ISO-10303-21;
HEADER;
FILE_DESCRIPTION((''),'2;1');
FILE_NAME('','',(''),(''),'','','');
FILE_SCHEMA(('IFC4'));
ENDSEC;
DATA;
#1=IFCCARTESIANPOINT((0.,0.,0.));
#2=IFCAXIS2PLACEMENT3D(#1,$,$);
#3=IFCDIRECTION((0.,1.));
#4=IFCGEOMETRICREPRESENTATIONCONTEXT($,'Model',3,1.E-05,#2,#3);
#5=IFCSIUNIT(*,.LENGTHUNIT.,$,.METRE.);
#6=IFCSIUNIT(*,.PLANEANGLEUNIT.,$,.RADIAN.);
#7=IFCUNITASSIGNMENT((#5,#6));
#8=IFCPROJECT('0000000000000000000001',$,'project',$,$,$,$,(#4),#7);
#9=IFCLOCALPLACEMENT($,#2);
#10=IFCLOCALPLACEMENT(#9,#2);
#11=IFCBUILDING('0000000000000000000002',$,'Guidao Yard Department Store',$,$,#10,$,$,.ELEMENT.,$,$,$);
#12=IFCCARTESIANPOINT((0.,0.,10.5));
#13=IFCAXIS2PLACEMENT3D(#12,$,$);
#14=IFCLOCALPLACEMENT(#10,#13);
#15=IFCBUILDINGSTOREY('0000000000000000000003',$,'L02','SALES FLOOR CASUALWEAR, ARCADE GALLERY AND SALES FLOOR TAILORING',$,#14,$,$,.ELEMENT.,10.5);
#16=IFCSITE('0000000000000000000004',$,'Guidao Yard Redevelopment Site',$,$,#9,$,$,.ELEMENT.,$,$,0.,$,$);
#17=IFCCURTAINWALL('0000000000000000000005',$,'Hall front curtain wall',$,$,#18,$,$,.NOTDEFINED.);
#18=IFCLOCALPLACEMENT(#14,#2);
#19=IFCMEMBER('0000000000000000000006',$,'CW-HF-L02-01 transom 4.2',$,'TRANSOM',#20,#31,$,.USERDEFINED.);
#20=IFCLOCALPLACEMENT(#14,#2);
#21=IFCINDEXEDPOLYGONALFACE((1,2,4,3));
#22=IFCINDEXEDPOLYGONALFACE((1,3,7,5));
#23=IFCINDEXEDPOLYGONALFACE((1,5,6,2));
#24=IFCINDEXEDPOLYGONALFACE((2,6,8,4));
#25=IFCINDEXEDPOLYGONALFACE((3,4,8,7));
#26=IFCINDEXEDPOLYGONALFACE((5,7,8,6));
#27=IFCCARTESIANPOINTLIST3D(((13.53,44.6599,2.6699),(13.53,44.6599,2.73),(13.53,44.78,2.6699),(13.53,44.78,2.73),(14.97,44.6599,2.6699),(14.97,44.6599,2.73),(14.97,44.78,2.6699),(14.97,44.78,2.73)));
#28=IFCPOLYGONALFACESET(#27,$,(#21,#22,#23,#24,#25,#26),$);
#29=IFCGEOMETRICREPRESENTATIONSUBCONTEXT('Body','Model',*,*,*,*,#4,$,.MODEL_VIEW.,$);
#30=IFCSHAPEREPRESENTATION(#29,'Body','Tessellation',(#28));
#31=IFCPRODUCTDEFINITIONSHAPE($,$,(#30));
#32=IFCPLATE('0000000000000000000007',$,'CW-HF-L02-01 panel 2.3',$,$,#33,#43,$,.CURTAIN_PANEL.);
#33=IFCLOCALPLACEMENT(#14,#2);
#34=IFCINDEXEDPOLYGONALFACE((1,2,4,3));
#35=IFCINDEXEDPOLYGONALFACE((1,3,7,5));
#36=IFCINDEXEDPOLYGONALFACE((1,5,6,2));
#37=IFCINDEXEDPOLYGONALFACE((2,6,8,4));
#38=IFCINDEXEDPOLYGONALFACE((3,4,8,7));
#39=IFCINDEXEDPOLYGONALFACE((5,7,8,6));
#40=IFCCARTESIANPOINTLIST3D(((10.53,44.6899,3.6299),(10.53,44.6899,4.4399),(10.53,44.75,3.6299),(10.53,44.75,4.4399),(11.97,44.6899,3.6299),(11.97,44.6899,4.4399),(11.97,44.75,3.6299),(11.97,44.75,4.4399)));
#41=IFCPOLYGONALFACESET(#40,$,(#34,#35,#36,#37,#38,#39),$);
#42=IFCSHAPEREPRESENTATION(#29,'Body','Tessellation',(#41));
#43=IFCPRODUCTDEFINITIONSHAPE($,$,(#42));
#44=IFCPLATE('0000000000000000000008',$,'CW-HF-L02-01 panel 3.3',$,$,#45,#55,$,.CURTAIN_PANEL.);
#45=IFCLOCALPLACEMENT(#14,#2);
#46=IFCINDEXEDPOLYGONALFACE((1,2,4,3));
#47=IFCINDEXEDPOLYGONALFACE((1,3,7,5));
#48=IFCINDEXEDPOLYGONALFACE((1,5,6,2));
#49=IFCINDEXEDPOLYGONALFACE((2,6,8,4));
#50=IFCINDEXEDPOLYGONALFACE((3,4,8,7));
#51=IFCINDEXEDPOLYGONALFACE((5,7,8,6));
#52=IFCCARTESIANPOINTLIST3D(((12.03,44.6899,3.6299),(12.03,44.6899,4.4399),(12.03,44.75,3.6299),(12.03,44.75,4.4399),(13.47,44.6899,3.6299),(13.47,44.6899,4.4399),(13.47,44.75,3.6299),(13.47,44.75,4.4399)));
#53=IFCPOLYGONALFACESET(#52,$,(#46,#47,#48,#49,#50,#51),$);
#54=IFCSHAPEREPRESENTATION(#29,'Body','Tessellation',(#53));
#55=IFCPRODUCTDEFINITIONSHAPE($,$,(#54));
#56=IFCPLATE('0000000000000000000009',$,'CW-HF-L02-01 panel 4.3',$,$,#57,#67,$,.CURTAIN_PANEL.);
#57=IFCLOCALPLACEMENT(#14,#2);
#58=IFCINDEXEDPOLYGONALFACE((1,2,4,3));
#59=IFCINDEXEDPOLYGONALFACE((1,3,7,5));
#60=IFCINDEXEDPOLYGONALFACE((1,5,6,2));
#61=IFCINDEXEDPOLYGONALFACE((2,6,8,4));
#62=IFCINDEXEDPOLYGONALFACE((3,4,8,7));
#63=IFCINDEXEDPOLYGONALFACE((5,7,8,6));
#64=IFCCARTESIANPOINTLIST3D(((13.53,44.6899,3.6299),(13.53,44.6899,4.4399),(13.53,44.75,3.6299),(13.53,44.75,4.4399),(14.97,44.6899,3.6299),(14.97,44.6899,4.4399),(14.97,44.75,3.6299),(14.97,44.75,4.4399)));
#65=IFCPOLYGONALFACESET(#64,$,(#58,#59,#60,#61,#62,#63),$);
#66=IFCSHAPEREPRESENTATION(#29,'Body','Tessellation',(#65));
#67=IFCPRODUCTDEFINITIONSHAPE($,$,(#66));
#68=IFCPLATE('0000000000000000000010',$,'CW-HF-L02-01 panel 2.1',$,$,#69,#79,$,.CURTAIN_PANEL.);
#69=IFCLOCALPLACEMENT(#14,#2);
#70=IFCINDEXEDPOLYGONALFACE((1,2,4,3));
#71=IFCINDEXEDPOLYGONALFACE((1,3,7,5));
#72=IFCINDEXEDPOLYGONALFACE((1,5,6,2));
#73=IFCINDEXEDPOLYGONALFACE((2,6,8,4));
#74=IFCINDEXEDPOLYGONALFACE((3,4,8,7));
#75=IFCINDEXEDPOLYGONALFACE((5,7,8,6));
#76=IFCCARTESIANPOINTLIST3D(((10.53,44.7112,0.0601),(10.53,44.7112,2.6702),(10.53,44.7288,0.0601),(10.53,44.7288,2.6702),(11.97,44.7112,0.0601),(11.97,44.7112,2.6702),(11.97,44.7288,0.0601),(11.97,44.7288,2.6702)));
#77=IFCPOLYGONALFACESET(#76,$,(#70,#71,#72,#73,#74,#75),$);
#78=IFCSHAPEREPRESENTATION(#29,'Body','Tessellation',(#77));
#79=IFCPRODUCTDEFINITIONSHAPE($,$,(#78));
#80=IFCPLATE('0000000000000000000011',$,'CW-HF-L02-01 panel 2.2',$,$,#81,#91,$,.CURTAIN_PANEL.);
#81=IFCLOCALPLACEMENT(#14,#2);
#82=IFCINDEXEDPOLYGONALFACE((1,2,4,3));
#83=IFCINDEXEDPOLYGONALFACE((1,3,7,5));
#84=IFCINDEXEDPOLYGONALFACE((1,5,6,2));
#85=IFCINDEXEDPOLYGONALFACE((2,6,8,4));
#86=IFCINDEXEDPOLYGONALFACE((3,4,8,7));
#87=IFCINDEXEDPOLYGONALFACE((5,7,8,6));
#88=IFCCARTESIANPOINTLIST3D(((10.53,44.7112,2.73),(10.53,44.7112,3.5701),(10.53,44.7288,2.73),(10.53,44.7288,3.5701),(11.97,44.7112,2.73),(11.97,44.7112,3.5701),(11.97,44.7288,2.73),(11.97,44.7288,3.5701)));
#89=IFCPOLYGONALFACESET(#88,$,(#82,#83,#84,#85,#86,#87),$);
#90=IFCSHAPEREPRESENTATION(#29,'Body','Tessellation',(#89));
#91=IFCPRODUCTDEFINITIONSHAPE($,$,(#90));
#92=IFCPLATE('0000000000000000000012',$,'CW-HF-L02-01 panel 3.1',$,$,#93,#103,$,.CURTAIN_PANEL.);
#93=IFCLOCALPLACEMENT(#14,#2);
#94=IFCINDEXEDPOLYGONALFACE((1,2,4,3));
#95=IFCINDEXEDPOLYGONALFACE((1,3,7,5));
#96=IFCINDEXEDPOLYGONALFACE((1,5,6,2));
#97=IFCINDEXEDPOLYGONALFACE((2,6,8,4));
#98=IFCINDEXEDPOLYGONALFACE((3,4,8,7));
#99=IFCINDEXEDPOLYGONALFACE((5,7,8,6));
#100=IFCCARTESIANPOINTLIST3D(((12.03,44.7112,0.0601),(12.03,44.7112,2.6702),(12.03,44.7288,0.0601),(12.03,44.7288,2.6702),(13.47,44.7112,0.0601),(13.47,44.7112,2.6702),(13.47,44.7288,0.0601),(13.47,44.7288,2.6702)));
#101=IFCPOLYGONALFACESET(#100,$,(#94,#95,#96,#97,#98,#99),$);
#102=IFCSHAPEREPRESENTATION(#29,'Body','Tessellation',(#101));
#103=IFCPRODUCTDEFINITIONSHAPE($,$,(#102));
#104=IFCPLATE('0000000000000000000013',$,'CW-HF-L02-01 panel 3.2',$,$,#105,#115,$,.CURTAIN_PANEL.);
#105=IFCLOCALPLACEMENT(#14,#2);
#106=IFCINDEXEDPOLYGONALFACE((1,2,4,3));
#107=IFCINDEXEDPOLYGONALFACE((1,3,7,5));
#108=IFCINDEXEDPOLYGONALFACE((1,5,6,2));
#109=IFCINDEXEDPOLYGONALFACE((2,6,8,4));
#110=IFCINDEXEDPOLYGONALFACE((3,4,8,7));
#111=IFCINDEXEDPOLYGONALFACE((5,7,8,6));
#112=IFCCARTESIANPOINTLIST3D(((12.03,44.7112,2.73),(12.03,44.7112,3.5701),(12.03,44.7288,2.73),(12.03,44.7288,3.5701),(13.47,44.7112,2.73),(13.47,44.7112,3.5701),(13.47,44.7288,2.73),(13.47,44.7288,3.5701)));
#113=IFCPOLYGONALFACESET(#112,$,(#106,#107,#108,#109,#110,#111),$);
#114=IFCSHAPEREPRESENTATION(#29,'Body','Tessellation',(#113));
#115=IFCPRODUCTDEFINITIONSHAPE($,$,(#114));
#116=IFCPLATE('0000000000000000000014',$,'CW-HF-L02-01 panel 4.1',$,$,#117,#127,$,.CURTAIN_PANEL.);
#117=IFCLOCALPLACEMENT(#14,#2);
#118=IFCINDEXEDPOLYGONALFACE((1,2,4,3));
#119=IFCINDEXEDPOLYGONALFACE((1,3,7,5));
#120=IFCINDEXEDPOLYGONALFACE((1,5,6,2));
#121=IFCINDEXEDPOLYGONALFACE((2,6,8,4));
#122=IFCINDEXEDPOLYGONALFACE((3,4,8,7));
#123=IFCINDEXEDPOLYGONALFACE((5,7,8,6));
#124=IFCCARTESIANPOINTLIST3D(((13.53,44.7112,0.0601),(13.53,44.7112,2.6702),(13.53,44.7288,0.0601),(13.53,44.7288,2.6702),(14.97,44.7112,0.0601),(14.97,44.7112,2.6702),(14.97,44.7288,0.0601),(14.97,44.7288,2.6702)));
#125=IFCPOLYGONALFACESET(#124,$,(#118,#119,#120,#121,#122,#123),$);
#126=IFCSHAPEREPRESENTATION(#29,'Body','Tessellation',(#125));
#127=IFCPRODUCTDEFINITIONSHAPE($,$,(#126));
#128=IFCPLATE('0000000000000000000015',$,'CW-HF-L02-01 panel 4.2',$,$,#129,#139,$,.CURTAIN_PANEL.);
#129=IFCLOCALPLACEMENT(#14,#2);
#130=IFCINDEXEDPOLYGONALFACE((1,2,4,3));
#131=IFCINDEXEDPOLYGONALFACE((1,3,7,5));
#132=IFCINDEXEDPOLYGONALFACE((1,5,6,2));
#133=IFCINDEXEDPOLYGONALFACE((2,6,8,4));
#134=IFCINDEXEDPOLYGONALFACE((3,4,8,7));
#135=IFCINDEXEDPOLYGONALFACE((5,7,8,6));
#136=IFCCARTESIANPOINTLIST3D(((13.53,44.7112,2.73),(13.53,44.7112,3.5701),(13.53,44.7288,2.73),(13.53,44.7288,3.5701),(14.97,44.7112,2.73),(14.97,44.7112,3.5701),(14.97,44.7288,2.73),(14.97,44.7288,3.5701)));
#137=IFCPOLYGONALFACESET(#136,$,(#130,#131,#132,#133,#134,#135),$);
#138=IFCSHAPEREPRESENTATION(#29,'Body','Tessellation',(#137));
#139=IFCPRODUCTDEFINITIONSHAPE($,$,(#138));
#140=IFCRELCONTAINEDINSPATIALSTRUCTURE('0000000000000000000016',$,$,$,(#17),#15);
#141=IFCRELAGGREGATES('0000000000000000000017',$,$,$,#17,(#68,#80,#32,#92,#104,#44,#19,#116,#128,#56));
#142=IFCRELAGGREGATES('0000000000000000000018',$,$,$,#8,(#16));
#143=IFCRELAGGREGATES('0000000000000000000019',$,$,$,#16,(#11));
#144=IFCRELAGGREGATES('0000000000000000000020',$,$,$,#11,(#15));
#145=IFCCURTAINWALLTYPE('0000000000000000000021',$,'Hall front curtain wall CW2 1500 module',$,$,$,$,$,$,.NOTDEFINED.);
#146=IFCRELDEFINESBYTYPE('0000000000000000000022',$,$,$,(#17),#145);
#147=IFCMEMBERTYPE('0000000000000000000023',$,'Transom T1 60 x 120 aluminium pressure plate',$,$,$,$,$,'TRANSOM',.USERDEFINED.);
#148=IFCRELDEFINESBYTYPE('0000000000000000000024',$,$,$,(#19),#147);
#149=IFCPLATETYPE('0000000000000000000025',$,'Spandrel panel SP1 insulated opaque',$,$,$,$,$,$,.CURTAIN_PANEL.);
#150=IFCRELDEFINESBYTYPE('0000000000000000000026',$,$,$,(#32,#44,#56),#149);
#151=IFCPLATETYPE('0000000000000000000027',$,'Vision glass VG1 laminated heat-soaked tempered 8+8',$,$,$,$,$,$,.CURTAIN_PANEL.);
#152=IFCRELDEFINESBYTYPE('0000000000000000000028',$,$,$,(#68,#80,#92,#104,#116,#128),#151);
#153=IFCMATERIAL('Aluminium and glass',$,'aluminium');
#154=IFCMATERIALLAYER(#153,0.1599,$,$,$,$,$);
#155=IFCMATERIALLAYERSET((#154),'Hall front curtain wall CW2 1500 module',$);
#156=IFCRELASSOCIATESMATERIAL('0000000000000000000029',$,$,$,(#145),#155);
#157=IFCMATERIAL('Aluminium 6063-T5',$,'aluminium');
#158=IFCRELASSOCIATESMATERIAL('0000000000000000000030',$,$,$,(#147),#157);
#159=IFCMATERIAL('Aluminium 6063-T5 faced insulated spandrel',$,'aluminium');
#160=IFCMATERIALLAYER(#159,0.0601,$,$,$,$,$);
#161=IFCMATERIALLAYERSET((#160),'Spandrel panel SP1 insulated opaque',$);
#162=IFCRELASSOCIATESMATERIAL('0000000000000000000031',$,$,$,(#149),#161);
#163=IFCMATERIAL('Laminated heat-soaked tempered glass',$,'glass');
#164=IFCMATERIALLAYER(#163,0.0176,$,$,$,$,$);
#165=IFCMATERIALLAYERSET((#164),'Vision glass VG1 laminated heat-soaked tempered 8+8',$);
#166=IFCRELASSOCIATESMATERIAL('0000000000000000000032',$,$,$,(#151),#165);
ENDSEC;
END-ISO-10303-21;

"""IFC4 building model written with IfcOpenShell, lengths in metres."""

from ifc_helpers import new_model, si_unit, direction, frame, origin, origin_2d, place, context, subcontext, project, spatial, rectangle, extrude, material, layer, layer_set, material_profile, profile_set, type_object, element, aggregate, save


model = new_model("IFC4")

# Units and contexts
model_context = context("Model", 3, precision=1e-05, world=origin(), true_north=direction((0.0, 1.0)))
body_context = subcontext(model_context, "Body", "Model", "MODEL_VIEW")
ifc_project = project(units=[si_unit("LENGTHUNIT", "METRE"), si_unit("PLANEANGLEUNIT", "RADIAN")], contexts=[model_context])

# Site, building, storey
site_placement = place(None, origin())
site = spatial("IfcSite", under=ifc_project, at=site_placement, Name="Guidao Yard Redevelopment Site", CompositionType="ELEMENT", RefElevation=0.0)
building_placement = place(site_placement, origin())
building = spatial("IfcBuilding", under=site, at=building_placement, Name="Guidao Yard Department Store", CompositionType="ELEMENT")
storey_placement = place(building_placement, frame((0.0, 0.0, 10.5)))
storey = spatial("IfcBuildingStorey", under=building, at=storey_placement, Name="L02", Description="SALES FLOOR CASUALWEAR, ARCADE GALLERY AND SALES FLOOR TAILORING", CompositionType="ELEMENT", Elevation=10.5)

# Curtain wall, member, plates
ifc_material_1 = material(Name="Aluminium and glass", Category="aluminium")
ifc_layer_1 = layer(ifc_material_1, 0.1599)
ifc_layer_set_1 = layer_set([ifc_layer_1], Name="Hall front curtain wall CW2 1500 module")
curtain_wall_type = type_object("IfcCurtainWallType", Name="Hall front curtain wall CW2 1500 module", PredefinedType="NOTDEFINED", material=ifc_layer_set_1)
curtain_wall_placement = place(storey_placement, origin())
curtain_wall = element("IfcCurtainWall", 1, at=curtain_wall_placement, inside=storey, type_object=curtain_wall_type, Name="Hall front curtain wall", PredefinedType="NOTDEFINED")
ifc_material_2 = material(Name="Aluminium 6063-T5", Category="aluminium")
ifc_material_profile_1 = material_profile(ifc_material_2, rectangle(XDim=0.1201, YDim=0.0601, at=origin_2d()), Name="Transom T1 60 x 120 aluminium pressure plate")
ifc_profile_set_1 = profile_set([ifc_material_profile_1], Name="Aluminium 6063-T5")
member_type_1 = type_object("IfcMemberType", Name="Transom T1 60 x 120 aluminium pressure plate", ElementType="TRANSOM", PredefinedType="USERDEFINED", material=ifc_profile_set_1)
member_1_placement = place(storey_placement, frame((14.97, 44.72, 2.7), z_axis=(-1.0, 0.0, 0.0), x_axis=(0.0, -1.0, 0.0)))
member_1 = element("IfcMember", 2, at=member_1_placement, type_object=member_type_1, Name="CW-HF-L02-01 transom 4.2", ObjectType="TRANSOM", PredefinedType="USERDEFINED", context=body_context, shape_type="SweptSolid", body=[
    extrude(rectangle(XDim=0.1201, YDim=0.0601, at=origin_2d()), origin(), (0.0, 0.0, 1.0), 1.4399),
])
ifc_material_3 = material(Name="Aluminium 6063-T5 faced insulated spandrel", Category="aluminium")
ifc_layer_2 = layer(ifc_material_3, 0.0601)
ifc_layer_set_2 = layer_set([ifc_layer_2], Name="Spandrel panel SP1 insulated opaque")
plate_type_1 = type_object("IfcPlateType", Name="Spandrel panel SP1 insulated opaque", PredefinedType="CURTAIN_PANEL", material=ifc_layer_set_2)
plate_1_placement = place(storey_placement, frame((11.25, 44.72, 3.6299), z_axis=(0.0, 0.0, 1.0), x_axis=(-1.0, 0.0, 0.0)))
plate_1 = element("IfcPlate", 3, at=plate_1_placement, type_object=plate_type_1, Name="CW-HF-L02-01 panel 2.3", PredefinedType="CURTAIN_PANEL", context=body_context, shape_type="SweptSolid", body=[
    extrude(rectangle(XDim=1.4399, YDim=0.0601, at=origin_2d()), origin(), (0.0, 0.0, 1.0), 0.8101),
])
plate_2_placement = place(storey_placement, frame((12.75, 44.72, 3.6299), z_axis=(0.0, 0.0, 1.0), x_axis=(-1.0, 0.0, 0.0)))
plate_2 = element("IfcPlate", 4, at=plate_2_placement, type_object=plate_type_1, Name="CW-HF-L02-01 panel 3.3", PredefinedType="CURTAIN_PANEL", context=body_context, shape_type="SweptSolid", body=[
    extrude(rectangle(XDim=1.4399, YDim=0.0601, at=origin_2d()), origin(), (0.0, 0.0, 1.0), 0.8101),
])
plate_3_placement = place(storey_placement, frame((14.25, 44.72, 3.6299), z_axis=(0.0, 0.0, 1.0), x_axis=(-1.0, 0.0, 0.0)))
plate_3 = element("IfcPlate", 5, at=plate_3_placement, type_object=plate_type_1, Name="CW-HF-L02-01 panel 4.3", PredefinedType="CURTAIN_PANEL", context=body_context, shape_type="SweptSolid", body=[
    extrude(rectangle(XDim=1.4399, YDim=0.0601, at=origin_2d()), origin(), (0.0, 0.0, 1.0), 0.8101),
])
ifc_material_4 = material(Name="Laminated heat-soaked tempered glass", Category="glass")
ifc_layer_3 = layer(ifc_material_4, 0.0176)
ifc_layer_set_3 = layer_set([ifc_layer_3], Name="Vision glass VG1 laminated heat-soaked tempered 8+8")
plate_type_2 = type_object("IfcPlateType", Name="Vision glass VG1 laminated heat-soaked tempered 8+8", PredefinedType="CURTAIN_PANEL", material=ifc_layer_set_3)
plate_4_placement = place(storey_placement, frame((11.25, 44.72, 0.0601), z_axis=(0.0, 0.0, 1.0), x_axis=(-1.0, 0.0, 0.0)))
plate_4 = element("IfcPlate", 6, at=plate_4_placement, type_object=plate_type_2, Name="CW-HF-L02-01 panel 2.1", PredefinedType="CURTAIN_PANEL", context=body_context, shape_type="SweptSolid", body=[
    extrude(rectangle(XDim=1.4399, YDim=0.0176, at=origin_2d()), origin(), (0.0, 0.0, 1.0), 2.6101),
])
plate_5_placement = place(storey_placement, frame((11.25, 44.72, 2.73), z_axis=(0.0, 0.0, 1.0), x_axis=(-1.0, 0.0, 0.0)))
plate_5 = element("IfcPlate", 7, at=plate_5_placement, type_object=plate_type_2, Name="CW-HF-L02-01 panel 2.2", PredefinedType="CURTAIN_PANEL", context=body_context, shape_type="SweptSolid", body=[
    extrude(rectangle(XDim=1.4399, YDim=0.0176, at=origin_2d()), origin(), (0.0, 0.0, 1.0), 0.8401),
])
plate_6_placement = place(storey_placement, frame((12.75, 44.72, 0.0601), z_axis=(0.0, 0.0, 1.0), x_axis=(-1.0, 0.0, 0.0)))
plate_6 = element("IfcPlate", 8, at=plate_6_placement, type_object=plate_type_2, Name="CW-HF-L02-01 panel 3.1", PredefinedType="CURTAIN_PANEL", context=body_context, shape_type="SweptSolid", body=[
    extrude(rectangle(XDim=1.4399, YDim=0.0176, at=origin_2d()), origin(), (0.0, 0.0, 1.0), 2.6101),
])
plate_7_placement = place(storey_placement, frame((12.75, 44.72, 2.73), z_axis=(0.0, 0.0, 1.0), x_axis=(-1.0, 0.0, 0.0)))
plate_7 = element("IfcPlate", 9, at=plate_7_placement, type_object=plate_type_2, Name="CW-HF-L02-01 panel 3.2", PredefinedType="CURTAIN_PANEL", context=body_context, shape_type="SweptSolid", body=[
    extrude(rectangle(XDim=1.4399, YDim=0.0176, at=origin_2d()), origin(), (0.0, 0.0, 1.0), 0.8401),
])
plate_8_placement = place(storey_placement, frame((14.25, 44.72, 0.0601), z_axis=(0.0, 0.0, 1.0), x_axis=(-1.0, 0.0, 0.0)))
plate_8 = element("IfcPlate", 10, at=plate_8_placement, type_object=plate_type_2, Name="CW-HF-L02-01 panel 4.1", PredefinedType="CURTAIN_PANEL", context=body_context, shape_type="SweptSolid", body=[
    extrude(rectangle(XDim=1.4399, YDim=0.0176, at=origin_2d()), origin(), (0.0, 0.0, 1.0), 2.6101),
])
plate_9_placement = place(storey_placement, frame((14.25, 44.72, 2.73), z_axis=(0.0, 0.0, 1.0), x_axis=(-1.0, 0.0, 0.0)))
plate_9 = element("IfcPlate", 11, at=plate_9_placement, type_object=plate_type_2, Name="CW-HF-L02-01 panel 4.2", PredefinedType="CURTAIN_PANEL", context=body_context, shape_type="SweptSolid", body=[
    extrude(rectangle(XDim=1.4399, YDim=0.0176, at=origin_2d()), origin(), (0.0, 0.0, 1.0), 0.8401),
])
aggregate(curtain_wall, [plate_4, plate_5, plate_1, plate_6, plate_7, plate_2, member_1, plate_8, plate_9, plate_3])

save(model, "model.ifc")
